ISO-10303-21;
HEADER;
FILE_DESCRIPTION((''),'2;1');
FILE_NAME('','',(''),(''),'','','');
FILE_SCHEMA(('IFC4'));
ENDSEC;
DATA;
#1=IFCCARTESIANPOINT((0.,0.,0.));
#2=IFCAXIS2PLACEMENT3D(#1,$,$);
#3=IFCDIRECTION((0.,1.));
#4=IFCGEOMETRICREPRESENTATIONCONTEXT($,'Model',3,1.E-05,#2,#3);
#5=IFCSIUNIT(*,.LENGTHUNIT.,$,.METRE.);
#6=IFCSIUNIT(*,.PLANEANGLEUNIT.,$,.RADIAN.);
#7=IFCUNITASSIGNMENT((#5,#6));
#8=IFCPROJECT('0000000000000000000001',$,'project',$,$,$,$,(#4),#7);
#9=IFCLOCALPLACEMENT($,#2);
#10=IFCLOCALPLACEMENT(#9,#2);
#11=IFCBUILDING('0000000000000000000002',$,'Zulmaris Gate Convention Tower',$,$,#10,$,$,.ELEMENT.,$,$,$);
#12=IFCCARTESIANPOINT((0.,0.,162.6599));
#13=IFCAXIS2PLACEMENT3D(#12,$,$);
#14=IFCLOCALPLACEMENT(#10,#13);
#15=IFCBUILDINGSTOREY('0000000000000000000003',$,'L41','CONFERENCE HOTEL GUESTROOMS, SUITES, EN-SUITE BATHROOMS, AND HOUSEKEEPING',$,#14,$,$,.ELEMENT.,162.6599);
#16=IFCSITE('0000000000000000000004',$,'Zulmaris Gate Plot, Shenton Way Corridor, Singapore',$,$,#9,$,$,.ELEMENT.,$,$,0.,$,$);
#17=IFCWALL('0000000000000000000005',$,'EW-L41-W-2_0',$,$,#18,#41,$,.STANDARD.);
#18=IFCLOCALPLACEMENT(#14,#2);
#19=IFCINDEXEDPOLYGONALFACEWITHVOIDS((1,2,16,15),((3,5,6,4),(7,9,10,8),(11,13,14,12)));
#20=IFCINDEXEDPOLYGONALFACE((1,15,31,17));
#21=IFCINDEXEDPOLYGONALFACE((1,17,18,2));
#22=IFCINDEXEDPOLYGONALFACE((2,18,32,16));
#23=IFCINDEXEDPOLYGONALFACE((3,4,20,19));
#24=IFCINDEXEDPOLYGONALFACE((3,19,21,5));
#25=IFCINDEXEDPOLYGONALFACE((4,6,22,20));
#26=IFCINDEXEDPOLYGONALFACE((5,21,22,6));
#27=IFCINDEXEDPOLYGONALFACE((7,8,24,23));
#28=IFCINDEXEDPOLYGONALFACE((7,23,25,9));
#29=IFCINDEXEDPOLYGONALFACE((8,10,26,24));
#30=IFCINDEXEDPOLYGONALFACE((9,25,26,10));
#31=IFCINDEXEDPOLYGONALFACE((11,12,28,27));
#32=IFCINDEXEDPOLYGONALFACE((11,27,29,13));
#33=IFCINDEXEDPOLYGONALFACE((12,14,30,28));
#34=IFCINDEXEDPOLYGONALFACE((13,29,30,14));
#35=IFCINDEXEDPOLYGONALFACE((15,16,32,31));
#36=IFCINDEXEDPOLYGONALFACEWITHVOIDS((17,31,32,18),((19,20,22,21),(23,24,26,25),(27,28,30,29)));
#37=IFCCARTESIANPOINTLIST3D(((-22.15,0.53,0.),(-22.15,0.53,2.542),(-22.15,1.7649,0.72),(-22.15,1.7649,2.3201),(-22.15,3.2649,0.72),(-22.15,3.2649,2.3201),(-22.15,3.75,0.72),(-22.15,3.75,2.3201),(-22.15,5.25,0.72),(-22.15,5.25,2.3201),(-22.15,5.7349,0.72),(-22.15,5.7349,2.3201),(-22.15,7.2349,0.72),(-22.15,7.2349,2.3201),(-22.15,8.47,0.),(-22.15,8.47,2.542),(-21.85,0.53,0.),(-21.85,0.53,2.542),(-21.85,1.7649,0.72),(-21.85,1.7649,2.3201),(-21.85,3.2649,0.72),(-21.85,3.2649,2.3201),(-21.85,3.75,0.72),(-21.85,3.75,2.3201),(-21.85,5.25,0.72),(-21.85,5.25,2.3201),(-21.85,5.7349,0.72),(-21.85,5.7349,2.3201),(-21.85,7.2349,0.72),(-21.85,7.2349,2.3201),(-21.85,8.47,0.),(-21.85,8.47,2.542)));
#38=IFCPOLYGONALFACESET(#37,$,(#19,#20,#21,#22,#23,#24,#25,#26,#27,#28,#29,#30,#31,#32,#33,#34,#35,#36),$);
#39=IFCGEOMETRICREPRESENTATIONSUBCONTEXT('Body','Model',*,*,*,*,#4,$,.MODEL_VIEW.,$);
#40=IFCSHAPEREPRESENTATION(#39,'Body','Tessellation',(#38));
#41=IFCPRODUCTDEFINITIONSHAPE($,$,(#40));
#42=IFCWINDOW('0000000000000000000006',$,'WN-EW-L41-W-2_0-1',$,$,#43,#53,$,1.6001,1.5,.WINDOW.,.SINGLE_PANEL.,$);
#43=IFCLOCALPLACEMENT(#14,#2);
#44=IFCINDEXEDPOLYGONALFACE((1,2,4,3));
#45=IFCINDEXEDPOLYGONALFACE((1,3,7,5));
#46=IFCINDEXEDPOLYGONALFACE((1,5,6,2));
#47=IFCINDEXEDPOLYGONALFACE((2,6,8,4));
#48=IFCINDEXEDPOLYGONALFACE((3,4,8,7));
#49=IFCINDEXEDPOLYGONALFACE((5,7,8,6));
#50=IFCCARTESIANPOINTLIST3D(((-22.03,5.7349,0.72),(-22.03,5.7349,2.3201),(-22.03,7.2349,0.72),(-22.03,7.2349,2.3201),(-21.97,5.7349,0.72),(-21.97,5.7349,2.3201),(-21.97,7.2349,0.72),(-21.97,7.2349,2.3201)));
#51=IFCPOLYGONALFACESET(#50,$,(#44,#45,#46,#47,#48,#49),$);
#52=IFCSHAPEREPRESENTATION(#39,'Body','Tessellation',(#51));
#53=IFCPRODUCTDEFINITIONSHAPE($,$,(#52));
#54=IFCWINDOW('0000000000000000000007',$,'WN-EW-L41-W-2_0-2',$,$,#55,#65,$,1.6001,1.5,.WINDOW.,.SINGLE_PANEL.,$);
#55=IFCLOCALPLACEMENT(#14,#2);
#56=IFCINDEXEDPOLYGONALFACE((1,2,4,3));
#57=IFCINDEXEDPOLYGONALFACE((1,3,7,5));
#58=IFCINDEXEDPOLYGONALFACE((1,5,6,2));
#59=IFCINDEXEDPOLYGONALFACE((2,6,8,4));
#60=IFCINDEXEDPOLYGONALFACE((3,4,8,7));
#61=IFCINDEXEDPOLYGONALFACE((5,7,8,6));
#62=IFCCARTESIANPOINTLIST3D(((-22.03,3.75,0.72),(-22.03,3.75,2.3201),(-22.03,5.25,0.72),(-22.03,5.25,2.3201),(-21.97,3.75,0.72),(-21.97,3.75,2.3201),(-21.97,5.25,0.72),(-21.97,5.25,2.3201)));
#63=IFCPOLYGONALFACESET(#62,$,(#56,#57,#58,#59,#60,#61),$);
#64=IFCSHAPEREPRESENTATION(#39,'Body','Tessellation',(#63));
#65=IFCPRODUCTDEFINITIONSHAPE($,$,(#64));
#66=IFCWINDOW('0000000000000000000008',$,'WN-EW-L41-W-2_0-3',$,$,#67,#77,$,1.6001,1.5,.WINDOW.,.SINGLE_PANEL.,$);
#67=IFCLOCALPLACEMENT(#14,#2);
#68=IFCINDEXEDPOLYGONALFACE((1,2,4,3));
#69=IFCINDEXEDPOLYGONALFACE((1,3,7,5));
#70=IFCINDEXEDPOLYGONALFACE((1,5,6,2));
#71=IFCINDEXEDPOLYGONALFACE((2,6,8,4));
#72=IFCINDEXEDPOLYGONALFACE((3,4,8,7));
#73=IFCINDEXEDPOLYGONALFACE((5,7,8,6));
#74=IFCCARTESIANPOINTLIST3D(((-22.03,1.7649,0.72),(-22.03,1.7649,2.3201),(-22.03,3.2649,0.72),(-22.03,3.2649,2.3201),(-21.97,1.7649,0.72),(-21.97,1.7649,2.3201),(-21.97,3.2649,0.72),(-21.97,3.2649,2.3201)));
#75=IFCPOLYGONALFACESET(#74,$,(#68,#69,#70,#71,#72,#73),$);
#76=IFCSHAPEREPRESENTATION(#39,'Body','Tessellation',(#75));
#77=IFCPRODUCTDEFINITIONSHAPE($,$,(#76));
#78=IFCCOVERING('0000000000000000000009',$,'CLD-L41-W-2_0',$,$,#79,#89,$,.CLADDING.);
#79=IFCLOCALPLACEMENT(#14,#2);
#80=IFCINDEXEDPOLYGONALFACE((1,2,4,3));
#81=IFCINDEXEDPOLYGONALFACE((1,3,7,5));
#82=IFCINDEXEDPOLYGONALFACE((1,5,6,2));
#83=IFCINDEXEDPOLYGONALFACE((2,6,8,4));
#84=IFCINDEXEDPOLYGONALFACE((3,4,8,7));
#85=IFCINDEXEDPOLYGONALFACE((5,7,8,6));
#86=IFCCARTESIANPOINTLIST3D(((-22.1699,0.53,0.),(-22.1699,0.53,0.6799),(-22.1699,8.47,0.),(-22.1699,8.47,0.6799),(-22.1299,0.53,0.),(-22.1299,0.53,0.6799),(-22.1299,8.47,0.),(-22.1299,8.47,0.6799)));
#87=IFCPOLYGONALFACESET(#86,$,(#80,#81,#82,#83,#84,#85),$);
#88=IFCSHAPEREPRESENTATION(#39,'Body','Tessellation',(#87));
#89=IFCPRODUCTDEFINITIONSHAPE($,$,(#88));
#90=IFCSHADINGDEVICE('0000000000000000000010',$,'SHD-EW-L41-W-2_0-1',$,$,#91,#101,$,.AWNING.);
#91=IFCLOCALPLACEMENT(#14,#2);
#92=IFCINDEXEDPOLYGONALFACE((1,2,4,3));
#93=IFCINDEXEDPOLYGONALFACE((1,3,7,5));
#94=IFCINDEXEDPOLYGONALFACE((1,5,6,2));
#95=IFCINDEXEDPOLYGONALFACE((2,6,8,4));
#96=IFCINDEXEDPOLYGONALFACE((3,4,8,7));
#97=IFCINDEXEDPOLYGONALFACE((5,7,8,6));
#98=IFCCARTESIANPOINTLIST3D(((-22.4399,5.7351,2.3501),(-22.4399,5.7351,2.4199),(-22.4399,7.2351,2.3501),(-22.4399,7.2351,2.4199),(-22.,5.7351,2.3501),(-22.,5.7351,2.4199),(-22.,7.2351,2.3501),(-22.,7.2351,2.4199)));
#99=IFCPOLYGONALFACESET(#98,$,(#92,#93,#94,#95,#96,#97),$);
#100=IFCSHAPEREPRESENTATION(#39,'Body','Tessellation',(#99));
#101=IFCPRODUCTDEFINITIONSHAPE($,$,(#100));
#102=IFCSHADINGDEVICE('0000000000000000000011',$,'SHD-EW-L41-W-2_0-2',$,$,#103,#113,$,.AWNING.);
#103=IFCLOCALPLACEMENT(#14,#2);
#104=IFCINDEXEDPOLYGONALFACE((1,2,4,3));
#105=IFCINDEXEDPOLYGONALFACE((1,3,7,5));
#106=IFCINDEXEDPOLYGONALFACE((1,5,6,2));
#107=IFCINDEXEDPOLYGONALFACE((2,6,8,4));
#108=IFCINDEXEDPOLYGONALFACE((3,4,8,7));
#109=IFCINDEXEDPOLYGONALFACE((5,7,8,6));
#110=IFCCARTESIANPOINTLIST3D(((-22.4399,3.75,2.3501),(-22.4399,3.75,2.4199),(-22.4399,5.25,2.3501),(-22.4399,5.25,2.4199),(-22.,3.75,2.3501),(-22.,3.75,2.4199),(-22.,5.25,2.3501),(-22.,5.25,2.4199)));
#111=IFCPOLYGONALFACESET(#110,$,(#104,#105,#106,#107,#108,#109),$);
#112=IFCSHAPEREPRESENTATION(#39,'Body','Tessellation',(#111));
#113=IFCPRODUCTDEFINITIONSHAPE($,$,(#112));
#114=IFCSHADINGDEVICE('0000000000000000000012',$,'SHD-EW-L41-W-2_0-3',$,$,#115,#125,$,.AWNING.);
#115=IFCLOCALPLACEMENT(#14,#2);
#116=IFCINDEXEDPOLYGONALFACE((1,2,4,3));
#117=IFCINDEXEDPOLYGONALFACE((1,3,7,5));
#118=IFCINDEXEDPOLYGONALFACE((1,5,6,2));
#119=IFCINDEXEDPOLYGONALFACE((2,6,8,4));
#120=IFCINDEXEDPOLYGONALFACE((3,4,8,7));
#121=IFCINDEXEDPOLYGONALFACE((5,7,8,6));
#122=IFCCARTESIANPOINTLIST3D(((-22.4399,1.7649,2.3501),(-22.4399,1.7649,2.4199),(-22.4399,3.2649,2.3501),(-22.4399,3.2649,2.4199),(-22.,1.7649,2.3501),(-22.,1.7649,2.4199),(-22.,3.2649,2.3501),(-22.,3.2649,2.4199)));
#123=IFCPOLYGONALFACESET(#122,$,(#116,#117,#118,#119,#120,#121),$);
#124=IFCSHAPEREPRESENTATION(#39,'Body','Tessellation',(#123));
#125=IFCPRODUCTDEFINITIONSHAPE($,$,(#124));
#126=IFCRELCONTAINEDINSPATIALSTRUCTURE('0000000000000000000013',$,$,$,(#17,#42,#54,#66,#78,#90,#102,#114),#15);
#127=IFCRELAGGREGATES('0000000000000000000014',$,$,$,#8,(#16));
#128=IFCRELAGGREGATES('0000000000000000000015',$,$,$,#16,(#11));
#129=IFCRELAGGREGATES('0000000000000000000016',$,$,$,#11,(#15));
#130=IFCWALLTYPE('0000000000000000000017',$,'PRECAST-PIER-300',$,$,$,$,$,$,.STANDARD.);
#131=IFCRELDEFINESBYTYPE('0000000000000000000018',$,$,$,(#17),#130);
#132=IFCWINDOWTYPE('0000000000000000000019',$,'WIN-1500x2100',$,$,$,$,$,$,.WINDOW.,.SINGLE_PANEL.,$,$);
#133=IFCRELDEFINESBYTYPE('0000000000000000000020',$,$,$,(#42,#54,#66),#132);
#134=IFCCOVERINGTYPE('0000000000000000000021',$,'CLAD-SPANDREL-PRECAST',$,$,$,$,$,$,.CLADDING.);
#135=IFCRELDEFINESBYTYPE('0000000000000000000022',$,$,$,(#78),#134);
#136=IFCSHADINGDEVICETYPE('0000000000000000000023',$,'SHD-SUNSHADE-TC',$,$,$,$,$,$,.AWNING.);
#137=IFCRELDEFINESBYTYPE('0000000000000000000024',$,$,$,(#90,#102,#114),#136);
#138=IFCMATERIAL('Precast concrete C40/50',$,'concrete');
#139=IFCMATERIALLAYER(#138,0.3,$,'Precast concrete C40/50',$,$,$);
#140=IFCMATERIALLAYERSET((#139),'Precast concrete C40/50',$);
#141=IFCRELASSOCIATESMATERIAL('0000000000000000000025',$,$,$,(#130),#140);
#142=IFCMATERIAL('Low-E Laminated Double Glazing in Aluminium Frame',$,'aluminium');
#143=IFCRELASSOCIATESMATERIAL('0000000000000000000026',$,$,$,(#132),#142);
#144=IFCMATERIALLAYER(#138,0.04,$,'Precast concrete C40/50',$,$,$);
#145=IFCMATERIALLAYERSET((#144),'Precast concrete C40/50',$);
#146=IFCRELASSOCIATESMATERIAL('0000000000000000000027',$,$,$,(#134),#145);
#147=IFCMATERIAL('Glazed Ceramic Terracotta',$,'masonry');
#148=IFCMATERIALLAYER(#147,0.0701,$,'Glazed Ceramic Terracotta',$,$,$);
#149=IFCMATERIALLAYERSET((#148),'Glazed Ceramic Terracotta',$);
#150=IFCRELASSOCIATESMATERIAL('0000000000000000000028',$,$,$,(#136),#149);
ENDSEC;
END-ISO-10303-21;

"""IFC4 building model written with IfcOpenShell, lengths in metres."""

from ifc_helpers import new_model, si_unit, direction, frame, frame_2d, origin, place, context, subcontext, project, spatial, rectangle, extrude, material, layer, layer_set, type_object, element, fill, save


model = new_model("IFC4")

# Units and contexts
model_context = context("Model", 3, precision=1e-05, world=origin(), true_north=direction((0.0, 1.0)))
body_context = subcontext(model_context, "Body", "Model", "MODEL_VIEW")
ifc_project = project(units=[si_unit("LENGTHUNIT", "METRE"), si_unit("PLANEANGLEUNIT", "RADIAN")], contexts=[model_context])

# Site, building, storey
site_placement = place(None, origin())
site = spatial("IfcSite", under=ifc_project, at=site_placement, Name="Zulmaris Gate Plot, Shenton Way Corridor, Singapore", CompositionType="ELEMENT", RefElevation=0.0)
building_placement = place(site_placement, origin())
building = spatial("IfcBuilding", under=site, at=building_placement, Name="Zulmaris Gate Convention Tower", CompositionType="ELEMENT")
storey_placement = place(building_placement, frame((0.0, 0.0, 162.6599)))
storey = spatial("IfcBuildingStorey", under=building, at=storey_placement, Name="L41", Description="CONFERENCE HOTEL GUESTROOMS, SUITES, EN-SUITE BATHROOMS, AND HOUSEKEEPING", CompositionType="ELEMENT", Elevation=162.6599)

# Wall, openings, windows
ifc_material_1 = material(Name="Precast concrete C40/50", Category="concrete")
ifc_layer_1 = layer(ifc_material_1, 0.3, Name="Precast concrete C40/50")
ifc_layer_set_1 = layer_set([ifc_layer_1], Name="Precast concrete C40/50")
wall_type_1 = type_object("IfcWallType", Name="PRECAST-PIER-300", PredefinedType="STANDARD", material=ifc_layer_set_1)
wall_1_placement = place(storey_placement, frame((-22.0, 8.47, 0.0), z_axis=(0.0, 0.0, 1.0), x_axis=(0.0, -1.0, 0.0)))
wall_1 = element("IfcWall", 1, at=wall_1_placement, inside=storey, type_object=wall_type_1, Name="EW-L41-W-2_0", PredefinedType="STANDARD", context=body_context, shape_type="SweptSolid", body=[
    extrude(rectangle(XDim=7.9399, YDim=0.3, at=frame_2d((3.97, 0.0))), origin(), (0.0, 0.0, 1.0), 2.542),
])
opening_1_placement = place(wall_1_placement, frame((1.2351, 0.0, 0.72)))
opening_1 = element("IfcOpeningElement", 2, at=opening_1_placement, cuts=wall_1, PredefinedType="OPENING", context=body_context, shape_type="SweptSolid", body=[
    extrude(rectangle(XDim=1.5, YDim=1.6001, at=frame_2d((0.75, 0.8))), frame((0.0, 0.1602, 0.0), z_axis=(0.0, -1.0, 0.0), x_axis=(1.0, 0.0, 0.0)), (0.0, 0.0, 1.0), 0.3201),
])
opening_2_placement = place(wall_1_placement, frame((3.22, 0.0, 0.72)))
opening_2 = element("IfcOpeningElement", 3, at=opening_2_placement, cuts=wall_1, PredefinedType="OPENING", context=body_context, shape_type="SweptSolid", body=[
    extrude(rectangle(XDim=1.5, YDim=1.6001, at=frame_2d((0.75, 0.8))), frame((0.0, 0.1602, 0.0), z_axis=(0.0, -1.0, 0.0), x_axis=(1.0, 0.0, 0.0)), (0.0, 0.0, 1.0), 0.3201),
])
opening_3_placement = place(wall_1_placement, frame((5.2051, 0.0, 0.72)))
opening_3 = element("IfcOpeningElement", 4, at=opening_3_placement, cuts=wall_1, PredefinedType="OPENING", context=body_context, shape_type="SweptSolid", body=[
    extrude(rectangle(XDim=1.5, YDim=1.6001, at=frame_2d((0.75, 0.8))), frame((0.0, 0.1602, 0.0), z_axis=(0.0, -1.0, 0.0), x_axis=(1.0, 0.0, 0.0)), (0.0, 0.0, 1.0), 0.3201),
])
ifc_material_2 = material(Name="Low-E Laminated Double Glazing in Aluminium Frame", Category="aluminium")
window_type = type_object("IfcWindowType", Name="WIN-1500x2100", PartitioningType="SINGLE_PANEL", PredefinedType="WINDOW", material=ifc_material_2)
window_1_placement = place(opening_1_placement, origin())
window_1 = element("IfcWindow", 5, at=window_1_placement, inside=storey, type_object=window_type, Name="WN-EW-L41-W-2_0-1", OverallHeight=1.6001, OverallWidth=1.5, PartitioningType="SINGLE_PANEL", PredefinedType="WINDOW", context=body_context, shape_type="SweptSolid", body=[
    extrude(rectangle(XDim=1.5, YDim=1.6001, at=frame_2d((0.75, 0.8))), frame((0.0, 0.03, 0.0), z_axis=(0.0, -1.0, 0.0), x_axis=(1.0, 0.0, 0.0)), (0.0, 0.0, 1.0), 0.0601),
])
fill(opening_1, window_1)
window_2_placement = place(opening_2_placement, origin())
window_2 = element("IfcWindow", 6, at=window_2_placement, inside=storey, type_object=window_type, Name="WN-EW-L41-W-2_0-2", OverallHeight=1.6001, OverallWidth=1.5, PartitioningType="SINGLE_PANEL", PredefinedType="WINDOW", context=body_context, shape_type="SweptSolid", body=[
    extrude(rectangle(XDim=1.5, YDim=1.6001, at=frame_2d((0.75, 0.8))), frame((0.0, 0.03, 0.0), z_axis=(0.0, -1.0, 0.0), x_axis=(1.0, 0.0, 0.0)), (0.0, 0.0, 1.0), 0.0601),
])
fill(opening_2, window_2)
window_3_placement = place(opening_3_placement, origin())
window_3 = element("IfcWindow", 7, at=window_3_placement, inside=storey, type_object=window_type, Name="WN-EW-L41-W-2_0-3", OverallHeight=1.6001, OverallWidth=1.5, PartitioningType="SINGLE_PANEL", PredefinedType="WINDOW", context=body_context, shape_type="SweptSolid", body=[
    extrude(rectangle(XDim=1.5, YDim=1.6001, at=frame_2d((0.75, 0.8))), frame((0.0, 0.03, 0.0), z_axis=(0.0, -1.0, 0.0), x_axis=(1.0, 0.0, 0.0)), (0.0, 0.0, 1.0), 0.0601),
])
fill(opening_3, window_3)

# Covering
ifc_layer_2 = layer(ifc_material_1, 0.04, Name="Precast concrete C40/50")
ifc_layer_set_2 = layer_set([ifc_layer_2], Name="Precast concrete C40/50")
covering_type = type_object("IfcCoveringType", Name="CLAD-SPANDREL-PRECAST", PredefinedType="CLADDING", material=ifc_layer_set_2)
covering_placement = place(storey_placement, frame((-22.1499, 8.47, 0.0), z_axis=(0.0, 0.0, 1.0), x_axis=(0.0, -1.0, 0.0)))
element("IfcCovering", 8, at=covering_placement, inside=storey, type_object=covering_type, Name="CLD-L41-W-2_0", PredefinedType="CLADDING", context=body_context, shape_type="SweptSolid", body=[
    extrude(rectangle(XDim=7.9399, YDim=0.04, at=frame_2d((3.97, 0.0))), origin(), (0.0, 0.0, 1.0), 0.6799),
])

# Shading devices
ifc_material_3 = material(Name="Glazed Ceramic Terracotta", Category="masonry")
ifc_layer_3 = layer(ifc_material_3, 0.0701, Name="Glazed Ceramic Terracotta")
ifc_layer_set_3 = layer_set([ifc_layer_3], Name="Glazed Ceramic Terracotta")
shading_device_type = type_object("IfcShadingDeviceType", Name="SHD-SUNSHADE-TC", PredefinedType="AWNING", material=ifc_layer_set_3)
for number, where, z_axis, x_axis, name in (
    (9, (-22.22, 7.2351, 2.3501), (0.0, 0.0, 1.0), (0.0, -1.0, 0.0), "SHD-EW-L41-W-2_0-1"),
    (10, (-22.22, 5.25, 2.3501), (0.0, 0.0, 1.0), (0.0, -1.0, 0.0), "SHD-EW-L41-W-2_0-2"),
    (11, (-22.22, 3.2649, 2.3501), (0.0, 0.0, 1.0), (0.0, -1.0, 0.0), "SHD-EW-L41-W-2_0-3"),
):
    element("IfcShadingDevice", number, at=place(storey_placement, frame(where, z_axis=z_axis, x_axis=x_axis)), inside=storey, type_object=shading_device_type, Name=name, PredefinedType="AWNING", context=body_context, shape_type="SweptSolid", body=[
        extrude(rectangle(XDim=1.5, YDim=0.4399, at=frame_2d((0.75, 0.0))), origin(), (0.0, 0.0, 1.0), 0.0698),
    ])

save(model, "model.ifc")
